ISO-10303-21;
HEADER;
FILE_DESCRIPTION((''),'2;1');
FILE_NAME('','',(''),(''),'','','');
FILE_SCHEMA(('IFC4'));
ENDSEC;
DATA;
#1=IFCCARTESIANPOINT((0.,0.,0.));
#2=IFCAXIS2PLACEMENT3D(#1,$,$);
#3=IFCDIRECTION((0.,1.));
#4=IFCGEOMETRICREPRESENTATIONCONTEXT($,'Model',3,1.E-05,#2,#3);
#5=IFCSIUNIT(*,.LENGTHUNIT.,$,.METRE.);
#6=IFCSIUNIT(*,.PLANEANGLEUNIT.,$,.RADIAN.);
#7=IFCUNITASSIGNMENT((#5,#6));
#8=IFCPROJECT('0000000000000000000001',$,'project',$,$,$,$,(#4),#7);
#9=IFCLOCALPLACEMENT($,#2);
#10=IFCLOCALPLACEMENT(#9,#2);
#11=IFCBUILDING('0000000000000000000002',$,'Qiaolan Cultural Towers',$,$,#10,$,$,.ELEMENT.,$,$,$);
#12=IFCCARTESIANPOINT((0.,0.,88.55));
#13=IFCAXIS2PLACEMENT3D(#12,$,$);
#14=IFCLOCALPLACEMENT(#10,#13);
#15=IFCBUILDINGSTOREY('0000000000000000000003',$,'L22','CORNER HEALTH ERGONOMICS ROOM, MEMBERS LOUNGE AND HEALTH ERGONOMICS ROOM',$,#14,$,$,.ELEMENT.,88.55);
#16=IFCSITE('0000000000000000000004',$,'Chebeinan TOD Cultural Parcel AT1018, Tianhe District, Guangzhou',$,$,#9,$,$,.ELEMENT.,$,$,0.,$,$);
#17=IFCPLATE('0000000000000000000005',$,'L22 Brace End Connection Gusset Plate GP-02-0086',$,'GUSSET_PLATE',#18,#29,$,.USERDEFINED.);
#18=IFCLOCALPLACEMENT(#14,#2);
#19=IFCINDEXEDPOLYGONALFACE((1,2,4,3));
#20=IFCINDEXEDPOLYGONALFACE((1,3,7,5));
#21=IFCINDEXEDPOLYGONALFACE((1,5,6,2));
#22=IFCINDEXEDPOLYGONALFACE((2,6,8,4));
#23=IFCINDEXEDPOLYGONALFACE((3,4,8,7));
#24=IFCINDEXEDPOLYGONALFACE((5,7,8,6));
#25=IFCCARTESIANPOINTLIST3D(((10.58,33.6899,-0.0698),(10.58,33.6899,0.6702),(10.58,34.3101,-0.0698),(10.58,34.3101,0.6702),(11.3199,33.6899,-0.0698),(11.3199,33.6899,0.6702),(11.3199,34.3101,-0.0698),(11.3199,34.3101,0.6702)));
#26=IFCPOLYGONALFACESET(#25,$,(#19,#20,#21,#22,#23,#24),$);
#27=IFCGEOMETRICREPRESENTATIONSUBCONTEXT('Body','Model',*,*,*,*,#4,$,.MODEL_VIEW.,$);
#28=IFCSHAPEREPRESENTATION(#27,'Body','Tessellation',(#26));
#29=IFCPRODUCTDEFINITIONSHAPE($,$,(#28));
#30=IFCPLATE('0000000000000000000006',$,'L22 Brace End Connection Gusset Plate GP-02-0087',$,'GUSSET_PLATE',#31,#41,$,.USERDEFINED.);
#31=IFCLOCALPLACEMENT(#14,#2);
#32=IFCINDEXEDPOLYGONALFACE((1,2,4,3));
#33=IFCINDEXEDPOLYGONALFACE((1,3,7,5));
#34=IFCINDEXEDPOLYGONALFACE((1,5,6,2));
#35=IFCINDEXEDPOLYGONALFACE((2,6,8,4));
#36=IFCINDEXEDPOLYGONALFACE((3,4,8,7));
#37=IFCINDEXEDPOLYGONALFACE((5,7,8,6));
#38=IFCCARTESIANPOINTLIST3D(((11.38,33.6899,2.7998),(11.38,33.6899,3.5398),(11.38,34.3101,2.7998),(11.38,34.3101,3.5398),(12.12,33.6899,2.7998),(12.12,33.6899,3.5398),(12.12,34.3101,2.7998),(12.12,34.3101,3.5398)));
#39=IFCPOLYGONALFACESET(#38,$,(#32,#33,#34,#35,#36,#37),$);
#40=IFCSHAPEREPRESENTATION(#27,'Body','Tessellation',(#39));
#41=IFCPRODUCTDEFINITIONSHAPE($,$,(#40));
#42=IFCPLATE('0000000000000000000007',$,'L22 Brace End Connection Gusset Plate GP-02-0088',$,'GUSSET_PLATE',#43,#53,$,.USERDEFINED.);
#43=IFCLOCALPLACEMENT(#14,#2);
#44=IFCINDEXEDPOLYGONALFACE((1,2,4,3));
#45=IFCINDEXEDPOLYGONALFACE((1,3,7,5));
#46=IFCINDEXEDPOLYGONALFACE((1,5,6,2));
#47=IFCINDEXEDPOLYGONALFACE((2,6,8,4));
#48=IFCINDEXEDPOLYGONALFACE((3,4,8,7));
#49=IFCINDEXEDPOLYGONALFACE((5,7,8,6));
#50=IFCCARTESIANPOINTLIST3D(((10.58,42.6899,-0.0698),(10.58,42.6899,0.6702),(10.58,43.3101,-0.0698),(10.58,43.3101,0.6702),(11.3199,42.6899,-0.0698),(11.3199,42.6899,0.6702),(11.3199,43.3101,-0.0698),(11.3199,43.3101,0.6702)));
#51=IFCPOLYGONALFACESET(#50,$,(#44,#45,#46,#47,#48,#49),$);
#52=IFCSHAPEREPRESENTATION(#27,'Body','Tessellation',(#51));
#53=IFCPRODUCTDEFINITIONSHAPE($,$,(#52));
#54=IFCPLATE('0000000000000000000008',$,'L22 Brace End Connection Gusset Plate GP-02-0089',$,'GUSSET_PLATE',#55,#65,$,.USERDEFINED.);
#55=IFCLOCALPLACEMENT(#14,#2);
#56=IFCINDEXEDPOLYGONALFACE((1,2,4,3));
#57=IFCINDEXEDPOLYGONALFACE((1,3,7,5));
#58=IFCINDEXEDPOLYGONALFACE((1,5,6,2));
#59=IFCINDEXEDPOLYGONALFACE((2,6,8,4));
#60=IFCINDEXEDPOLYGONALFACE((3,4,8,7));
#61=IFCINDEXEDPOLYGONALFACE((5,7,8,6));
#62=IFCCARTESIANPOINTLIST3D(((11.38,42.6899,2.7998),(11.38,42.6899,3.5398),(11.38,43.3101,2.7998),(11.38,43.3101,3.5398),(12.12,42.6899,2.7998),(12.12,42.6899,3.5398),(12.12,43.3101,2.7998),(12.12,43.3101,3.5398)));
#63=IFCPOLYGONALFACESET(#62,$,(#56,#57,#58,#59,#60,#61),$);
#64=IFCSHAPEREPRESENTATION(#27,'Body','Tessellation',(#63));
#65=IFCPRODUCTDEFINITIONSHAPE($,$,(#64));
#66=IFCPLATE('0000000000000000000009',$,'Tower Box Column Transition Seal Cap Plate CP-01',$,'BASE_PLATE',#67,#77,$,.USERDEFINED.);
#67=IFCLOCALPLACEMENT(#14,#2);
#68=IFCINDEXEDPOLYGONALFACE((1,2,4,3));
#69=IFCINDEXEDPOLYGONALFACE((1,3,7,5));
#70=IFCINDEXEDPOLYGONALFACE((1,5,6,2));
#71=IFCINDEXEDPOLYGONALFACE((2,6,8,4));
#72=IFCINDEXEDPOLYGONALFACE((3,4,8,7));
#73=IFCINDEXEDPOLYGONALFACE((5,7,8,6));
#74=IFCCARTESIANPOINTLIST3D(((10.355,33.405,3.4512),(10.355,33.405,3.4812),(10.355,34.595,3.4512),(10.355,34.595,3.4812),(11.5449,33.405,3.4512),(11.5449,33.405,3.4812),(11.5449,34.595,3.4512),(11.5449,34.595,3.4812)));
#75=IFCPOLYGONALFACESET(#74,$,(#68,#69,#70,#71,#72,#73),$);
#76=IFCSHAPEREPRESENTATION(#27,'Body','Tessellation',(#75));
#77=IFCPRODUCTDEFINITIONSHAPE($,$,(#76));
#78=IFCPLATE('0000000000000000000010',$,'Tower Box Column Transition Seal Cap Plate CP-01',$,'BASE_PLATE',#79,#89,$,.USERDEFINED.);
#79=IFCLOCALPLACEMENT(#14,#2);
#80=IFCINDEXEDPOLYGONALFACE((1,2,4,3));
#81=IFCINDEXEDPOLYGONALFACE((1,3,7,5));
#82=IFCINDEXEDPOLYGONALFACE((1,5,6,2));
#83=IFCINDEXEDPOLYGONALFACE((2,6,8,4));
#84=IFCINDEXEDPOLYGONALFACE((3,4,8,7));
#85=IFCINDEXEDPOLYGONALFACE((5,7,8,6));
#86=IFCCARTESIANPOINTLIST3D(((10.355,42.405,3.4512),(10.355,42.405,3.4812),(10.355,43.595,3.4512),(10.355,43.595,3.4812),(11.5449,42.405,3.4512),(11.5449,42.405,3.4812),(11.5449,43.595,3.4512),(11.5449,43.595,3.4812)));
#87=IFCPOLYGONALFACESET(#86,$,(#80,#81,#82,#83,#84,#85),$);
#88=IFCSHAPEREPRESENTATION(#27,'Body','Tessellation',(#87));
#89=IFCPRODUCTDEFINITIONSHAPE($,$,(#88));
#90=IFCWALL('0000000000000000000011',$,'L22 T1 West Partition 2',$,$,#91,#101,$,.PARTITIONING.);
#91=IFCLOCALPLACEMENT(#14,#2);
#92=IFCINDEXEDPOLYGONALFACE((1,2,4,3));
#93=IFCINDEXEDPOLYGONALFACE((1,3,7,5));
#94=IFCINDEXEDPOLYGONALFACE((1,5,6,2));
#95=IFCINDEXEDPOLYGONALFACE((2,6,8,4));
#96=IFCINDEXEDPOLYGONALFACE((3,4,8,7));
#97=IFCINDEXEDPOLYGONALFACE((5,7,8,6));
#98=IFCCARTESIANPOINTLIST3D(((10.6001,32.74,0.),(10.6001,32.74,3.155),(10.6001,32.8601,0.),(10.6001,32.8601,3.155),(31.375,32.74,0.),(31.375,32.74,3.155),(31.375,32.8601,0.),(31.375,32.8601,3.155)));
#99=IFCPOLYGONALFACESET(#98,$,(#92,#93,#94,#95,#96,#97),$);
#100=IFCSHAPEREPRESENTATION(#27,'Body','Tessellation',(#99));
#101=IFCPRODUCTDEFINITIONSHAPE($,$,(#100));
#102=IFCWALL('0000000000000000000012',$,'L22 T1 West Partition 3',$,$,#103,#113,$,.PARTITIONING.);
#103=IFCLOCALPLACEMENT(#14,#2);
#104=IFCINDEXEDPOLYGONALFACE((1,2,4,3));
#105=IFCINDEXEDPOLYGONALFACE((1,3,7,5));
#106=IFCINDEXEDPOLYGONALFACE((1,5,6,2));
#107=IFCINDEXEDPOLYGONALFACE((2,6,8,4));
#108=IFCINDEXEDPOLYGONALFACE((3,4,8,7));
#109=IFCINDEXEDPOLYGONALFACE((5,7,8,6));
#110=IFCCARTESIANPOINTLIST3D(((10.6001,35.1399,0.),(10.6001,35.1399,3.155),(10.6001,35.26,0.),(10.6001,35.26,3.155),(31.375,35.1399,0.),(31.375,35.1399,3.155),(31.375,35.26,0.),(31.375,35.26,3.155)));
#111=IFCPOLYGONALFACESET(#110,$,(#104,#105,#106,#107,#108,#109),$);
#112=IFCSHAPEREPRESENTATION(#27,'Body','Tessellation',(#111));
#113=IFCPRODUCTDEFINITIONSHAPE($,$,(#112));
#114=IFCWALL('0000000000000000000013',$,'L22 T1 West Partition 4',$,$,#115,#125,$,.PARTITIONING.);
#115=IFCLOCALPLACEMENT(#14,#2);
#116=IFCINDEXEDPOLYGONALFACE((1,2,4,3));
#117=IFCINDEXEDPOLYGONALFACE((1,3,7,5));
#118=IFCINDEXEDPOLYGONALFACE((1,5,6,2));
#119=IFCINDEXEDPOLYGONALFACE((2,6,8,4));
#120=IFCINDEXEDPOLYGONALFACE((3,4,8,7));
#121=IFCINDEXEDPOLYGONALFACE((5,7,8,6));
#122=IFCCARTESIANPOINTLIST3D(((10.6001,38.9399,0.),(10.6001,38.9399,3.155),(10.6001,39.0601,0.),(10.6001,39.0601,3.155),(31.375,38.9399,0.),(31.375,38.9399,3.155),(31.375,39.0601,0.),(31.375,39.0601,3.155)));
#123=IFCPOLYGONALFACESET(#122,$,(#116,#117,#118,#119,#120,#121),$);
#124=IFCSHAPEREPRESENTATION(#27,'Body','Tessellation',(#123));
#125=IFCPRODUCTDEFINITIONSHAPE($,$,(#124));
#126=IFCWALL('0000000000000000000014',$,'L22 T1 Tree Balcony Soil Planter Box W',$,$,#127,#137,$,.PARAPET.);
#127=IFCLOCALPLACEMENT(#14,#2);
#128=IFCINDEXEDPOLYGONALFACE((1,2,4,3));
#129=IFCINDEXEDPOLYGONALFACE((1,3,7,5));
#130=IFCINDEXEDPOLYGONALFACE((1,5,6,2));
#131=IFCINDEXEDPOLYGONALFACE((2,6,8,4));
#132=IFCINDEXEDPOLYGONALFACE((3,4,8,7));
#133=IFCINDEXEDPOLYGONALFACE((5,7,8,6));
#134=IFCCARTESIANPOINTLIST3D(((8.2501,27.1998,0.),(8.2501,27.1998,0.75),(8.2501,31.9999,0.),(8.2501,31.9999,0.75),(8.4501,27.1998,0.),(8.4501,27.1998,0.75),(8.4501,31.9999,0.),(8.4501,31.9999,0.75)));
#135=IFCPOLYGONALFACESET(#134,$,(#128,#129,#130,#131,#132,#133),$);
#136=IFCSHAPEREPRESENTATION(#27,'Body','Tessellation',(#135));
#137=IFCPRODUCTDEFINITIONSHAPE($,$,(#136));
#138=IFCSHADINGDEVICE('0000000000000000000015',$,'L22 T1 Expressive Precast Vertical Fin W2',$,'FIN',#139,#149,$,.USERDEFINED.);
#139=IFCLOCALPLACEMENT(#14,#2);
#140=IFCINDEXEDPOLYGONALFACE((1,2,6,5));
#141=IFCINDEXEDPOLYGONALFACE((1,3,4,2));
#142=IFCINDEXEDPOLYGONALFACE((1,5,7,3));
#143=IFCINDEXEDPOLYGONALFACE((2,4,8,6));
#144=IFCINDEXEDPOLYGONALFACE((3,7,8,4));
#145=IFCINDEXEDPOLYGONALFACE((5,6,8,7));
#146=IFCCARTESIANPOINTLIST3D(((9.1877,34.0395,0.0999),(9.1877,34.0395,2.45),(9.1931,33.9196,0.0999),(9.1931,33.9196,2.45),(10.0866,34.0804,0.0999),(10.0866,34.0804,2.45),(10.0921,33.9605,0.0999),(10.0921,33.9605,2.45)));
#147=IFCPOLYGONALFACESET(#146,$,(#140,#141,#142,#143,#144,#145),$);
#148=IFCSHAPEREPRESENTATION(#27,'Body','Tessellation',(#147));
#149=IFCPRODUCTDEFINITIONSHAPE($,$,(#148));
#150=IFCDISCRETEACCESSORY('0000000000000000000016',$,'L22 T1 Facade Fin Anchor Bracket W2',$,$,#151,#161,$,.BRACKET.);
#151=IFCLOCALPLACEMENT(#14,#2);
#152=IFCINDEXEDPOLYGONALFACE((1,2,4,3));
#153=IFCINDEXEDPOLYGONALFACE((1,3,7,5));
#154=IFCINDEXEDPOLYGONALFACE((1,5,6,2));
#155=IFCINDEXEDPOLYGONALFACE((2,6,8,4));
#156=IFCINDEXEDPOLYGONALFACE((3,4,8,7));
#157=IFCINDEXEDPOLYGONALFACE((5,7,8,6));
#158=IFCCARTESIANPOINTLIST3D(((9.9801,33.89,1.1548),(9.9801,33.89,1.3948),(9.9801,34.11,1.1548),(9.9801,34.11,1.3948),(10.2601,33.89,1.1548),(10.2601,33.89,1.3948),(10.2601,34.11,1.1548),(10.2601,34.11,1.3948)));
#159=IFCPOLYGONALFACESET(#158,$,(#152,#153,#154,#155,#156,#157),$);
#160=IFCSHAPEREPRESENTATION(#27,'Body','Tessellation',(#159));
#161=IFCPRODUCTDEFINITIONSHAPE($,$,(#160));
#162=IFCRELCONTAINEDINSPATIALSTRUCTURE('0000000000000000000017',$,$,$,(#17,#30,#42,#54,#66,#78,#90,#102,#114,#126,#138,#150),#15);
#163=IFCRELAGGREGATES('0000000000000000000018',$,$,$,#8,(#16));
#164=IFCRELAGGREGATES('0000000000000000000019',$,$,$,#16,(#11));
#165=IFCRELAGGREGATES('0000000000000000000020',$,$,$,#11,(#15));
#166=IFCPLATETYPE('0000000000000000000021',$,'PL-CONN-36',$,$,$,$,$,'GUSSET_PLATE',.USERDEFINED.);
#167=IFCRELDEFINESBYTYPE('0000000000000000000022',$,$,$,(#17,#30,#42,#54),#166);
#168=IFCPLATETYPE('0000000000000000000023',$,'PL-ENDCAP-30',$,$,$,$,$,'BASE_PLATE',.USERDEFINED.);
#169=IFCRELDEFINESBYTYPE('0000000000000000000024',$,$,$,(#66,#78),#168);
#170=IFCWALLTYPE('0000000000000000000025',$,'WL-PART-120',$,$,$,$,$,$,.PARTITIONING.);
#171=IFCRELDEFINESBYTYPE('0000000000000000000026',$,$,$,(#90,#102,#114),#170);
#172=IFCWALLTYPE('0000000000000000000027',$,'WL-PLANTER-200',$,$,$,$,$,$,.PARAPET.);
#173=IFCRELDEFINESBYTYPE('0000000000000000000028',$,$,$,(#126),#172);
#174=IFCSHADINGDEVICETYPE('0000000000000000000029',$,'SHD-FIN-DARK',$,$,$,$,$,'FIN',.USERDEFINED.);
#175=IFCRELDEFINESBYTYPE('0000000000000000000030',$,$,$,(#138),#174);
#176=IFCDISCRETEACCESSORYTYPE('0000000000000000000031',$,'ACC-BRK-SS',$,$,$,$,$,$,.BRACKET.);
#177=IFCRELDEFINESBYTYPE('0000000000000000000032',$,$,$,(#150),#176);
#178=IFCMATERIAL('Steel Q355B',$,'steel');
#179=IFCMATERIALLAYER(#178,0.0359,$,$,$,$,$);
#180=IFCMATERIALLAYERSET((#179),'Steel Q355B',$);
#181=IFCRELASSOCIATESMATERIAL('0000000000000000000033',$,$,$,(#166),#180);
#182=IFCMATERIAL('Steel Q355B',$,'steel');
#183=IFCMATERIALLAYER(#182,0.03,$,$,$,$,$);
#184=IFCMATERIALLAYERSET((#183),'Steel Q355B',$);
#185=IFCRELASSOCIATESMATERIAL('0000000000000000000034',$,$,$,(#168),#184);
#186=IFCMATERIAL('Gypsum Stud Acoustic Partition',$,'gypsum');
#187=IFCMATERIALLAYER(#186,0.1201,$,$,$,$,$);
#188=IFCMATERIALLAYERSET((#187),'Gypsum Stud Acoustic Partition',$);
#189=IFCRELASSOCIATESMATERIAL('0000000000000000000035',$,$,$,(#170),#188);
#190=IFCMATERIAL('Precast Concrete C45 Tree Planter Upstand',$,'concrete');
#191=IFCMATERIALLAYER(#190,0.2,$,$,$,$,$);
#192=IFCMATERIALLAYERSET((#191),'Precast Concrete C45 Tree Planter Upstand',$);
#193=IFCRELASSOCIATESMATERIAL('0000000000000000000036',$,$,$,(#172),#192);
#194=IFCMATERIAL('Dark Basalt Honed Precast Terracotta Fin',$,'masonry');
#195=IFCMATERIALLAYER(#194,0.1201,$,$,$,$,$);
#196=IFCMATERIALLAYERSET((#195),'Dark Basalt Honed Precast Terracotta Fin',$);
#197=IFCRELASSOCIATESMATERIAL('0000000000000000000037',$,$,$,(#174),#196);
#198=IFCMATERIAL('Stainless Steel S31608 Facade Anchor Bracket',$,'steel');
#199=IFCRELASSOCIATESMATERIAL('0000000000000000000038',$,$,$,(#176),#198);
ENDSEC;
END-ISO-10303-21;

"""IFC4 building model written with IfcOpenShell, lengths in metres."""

from ifc_helpers import new_model, si_unit, direction, frame, frame_2d, origin, origin_2d, place, context, subcontext, project, spatial, rectangle, extrude, material, layer, layer_set, type_object, element, save


model = new_model("IFC4")

# Units and contexts
model_context = context("Model", 3, precision=1e-05, world=origin(), true_north=direction((0.0, 1.0)))
body_context = subcontext(model_context, "Body", "Model", "MODEL_VIEW")
ifc_project = project(units=[si_unit("LENGTHUNIT", "METRE"), si_unit("PLANEANGLEUNIT", "RADIAN")], contexts=[model_context])

# Site, building, storey
site_placement = place(None, origin())
site = spatial("IfcSite", under=ifc_project, at=site_placement, Name="Chebeinan TOD Cultural Parcel AT1018, Tianhe District, Guangzhou", CompositionType="ELEMENT", RefElevation=0.0)
building_placement = place(site_placement, origin())
building = spatial("IfcBuilding", under=site, at=building_placement, Name="Qiaolan Cultural Towers", CompositionType="ELEMENT")
storey_placement = place(building_placement, frame((0.0, 0.0, 88.55)))
storey = spatial("IfcBuildingStorey", under=building, at=storey_placement, Name="L22", Description="CORNER HEALTH ERGONOMICS ROOM, MEMBERS LOUNGE AND HEALTH ERGONOMICS ROOM", CompositionType="ELEMENT", Elevation=88.55)

# Plates
ifc_material_1 = material(Name="Steel Q355B", Category="steel")
ifc_layer_1 = layer(ifc_material_1, 0.0359)
ifc_layer_set_1 = layer_set([ifc_layer_1], Name="Steel Q355B")
plate_type_1 = type_object("IfcPlateType", Name="PL-CONN-36", ElementType="GUSSET_PLATE", PredefinedType="USERDEFINED", material=ifc_layer_set_1)
for number, where, z_axis, x_axis, name in (
    (1, (10.95, 34.0, -0.0698), (0.0, 0.0, 1.0), (1.0, 0.0, 0.0), "L22 Brace End Connection Gusset Plate GP-02-0086"),
    (2, (11.75, 34.0, 2.7998), (0.0, 0.0, 1.0), (1.0, 0.0, 0.0), "L22 Brace End Connection Gusset Plate GP-02-0087"),
    (3, (10.95, 43.0, -0.0698), (0.0, 0.0, 1.0), (1.0, 0.0, 0.0), "L22 Brace End Connection Gusset Plate GP-02-0088"),
    (4, (11.75, 43.0, 2.7998), (0.0, 0.0, 1.0), (1.0, 0.0, 0.0), "L22 Brace End Connection Gusset Plate GP-02-0089"),
):
    element("IfcPlate", number, at=place(storey_placement, frame(where, z_axis=z_axis, x_axis=x_axis)), inside=storey, type_object=plate_type_1, Name=name, ObjectType="GUSSET_PLATE", PredefinedType="USERDEFINED", context=body_context, shape_type="SweptSolid", body=[
        extrude(rectangle(XDim=0.74, YDim=0.6201, at=origin_2d()), origin(), (0.0, 0.0, 1.0), 0.74),
    ])
ifc_material_2 = material(Name="Steel Q355B", Category="steel")
ifc_layer_2 = layer(ifc_material_2, 0.03)
ifc_layer_set_2 = layer_set([ifc_layer_2], Name="Steel Q355B")
plate_type_2 = type_object("IfcPlateType", Name="PL-ENDCAP-30", ElementType="BASE_PLATE", PredefinedType="USERDEFINED", material=ifc_layer_set_2)
for number, where, z_axis, x_axis, name in (
    (5, (10.95, 34.0, 3.4512), (0.0, 0.0, 1.0), (1.0, 0.0, 0.0), "Tower Box Column Transition Seal Cap Plate CP-01"),
    (6, (10.95, 43.0, 3.4512), (0.0, 0.0, 1.0), (1.0, 0.0, 0.0), "Tower Box Column Transition Seal Cap Plate CP-01"),
):
    element("IfcPlate", number, at=place(storey_placement, frame(where, z_axis=z_axis, x_axis=x_axis)), inside=storey, type_object=plate_type_2, Name=name, ObjectType="BASE_PLATE", PredefinedType="USERDEFINED", context=body_context, shape_type="SweptSolid", body=[
        extrude(rectangle(XDim=1.1899, YDim=1.1899, at=origin_2d()), origin(), (0.0, 0.0, 1.0), 0.03),
    ])

# Walls
ifc_material_3 = material(Name="Gypsum Stud Acoustic Partition", Category="gypsum")
ifc_layer_3 = layer(ifc_material_3, 0.1201)
ifc_layer_set_3 = layer_set([ifc_layer_3], Name="Gypsum Stud Acoustic Partition")
wall_type_1 = type_object("IfcWallType", Name="WL-PART-120", PredefinedType="PARTITIONING", material=ifc_layer_set_3)
for number, where, z_axis, x_axis, name in (
    (7, (10.6001, 32.8, 0.0), (0.0, 0.0, 1.0), (1.0, 0.0, 0.0), "L22 T1 West Partition 2"),
    (8, (10.6001, 35.2, 0.0), (0.0, 0.0, 1.0), (1.0, 0.0, 0.0), "L22 T1 West Partition 3"),
    (9, (10.6001, 39.0, 0.0), (0.0, 0.0, 1.0), (1.0, 0.0, 0.0), "L22 T1 West Partition 4"),
):
    element("IfcWall", number, at=place(storey_placement, frame(where, z_axis=z_axis, x_axis=x_axis)), inside=storey, type_object=wall_type_1, Name=name, PredefinedType="PARTITIONING", context=body_context, shape_type="SweptSolid", body=[
        extrude(rectangle(XDim=20.7749, YDim=0.1201, at=frame_2d((10.3875, 0.0))), origin(), (0.0, 0.0, 1.0), 3.155),
    ])
ifc_material_4 = material(Name="Precast Concrete C45 Tree Planter Upstand", Category="concrete")
ifc_layer_4 = layer(ifc_material_4, 0.2)
ifc_layer_set_4 = layer_set([ifc_layer_4], Name="Precast Concrete C45 Tree Planter Upstand")
wall_type_2 = type_object("IfcWallType", Name="WL-PLANTER-200", PredefinedType="PARAPET", material=ifc_layer_set_4)
wall_placement = place(storey_placement, frame((8.3501, 27.2, 0.0), z_axis=(0.0, 0.0, 1.0), x_axis=(0.0, 1.0, 0.0)))
element("IfcWall", 10, at=wall_placement, inside=storey, type_object=wall_type_2, Name="L22 T1 Tree Balcony Soil Planter Box W", PredefinedType="PARAPET", context=body_context, shape_type="SweptSolid", body=[
    extrude(rectangle(XDim=4.8, YDim=0.2, at=frame_2d((2.3999, 0.0))), origin(), (0.0, 0.0, 1.0), 0.75),
])

# Shading device
ifc_material_5 = material(Name="Dark Basalt Honed Precast Terracotta Fin", Category="masonry")
ifc_layer_5 = layer(ifc_material_5, 0.1201)
ifc_layer_set_5 = layer_set([ifc_layer_5], Name="Dark Basalt Honed Precast Terracotta Fin")
shading_device_type = type_object("IfcShadingDeviceType", Name="SHD-FIN-DARK", ElementType="FIN", PredefinedType="USERDEFINED", material=ifc_layer_set_5)
shading_device_placement = place(storey_placement, frame((9.6399, 34.0, 0.0999), z_axis=(0.0, 0.0, 1.0), x_axis=(0.998967, 0.045445, 0.0)))
element("IfcShadingDevice", 11, at=shading_device_placement, inside=storey, type_object=shading_device_type, Name="L22 T1 Expressive Precast Vertical Fin W2", ObjectType="FIN", PredefinedType="USERDEFINED", context=body_context, shape_type="SweptSolid", body=[
    extrude(rectangle(XDim=0.8999, YDim=0.1201, at=origin_2d()), origin(), (0.0, 0.0, 1.0), 2.3501),
])

# Discrete accessory
ifc_material_6 = material(Name="Stainless Steel S31608 Facade Anchor Bracket", Category="steel")
discrete_accessory_type = type_object("IfcDiscreteAccessoryType", Name="ACC-BRK-SS", PredefinedType="BRACKET", material=ifc_material_6)
discrete_accessory_placement = place(storey_placement, frame((10.1201, 34.0, 1.1548), z_axis=(0.0, 0.0, 1.0), x_axis=(1.0, 0.0, 0.0)))
element("IfcDiscreteAccessory", 12, at=discrete_accessory_placement, inside=storey, type_object=discrete_accessory_type, Name="L22 T1 Facade Fin Anchor Bracket W2", PredefinedType="BRACKET", context=body_context, shape_type="SweptSolid", body=[
    extrude(rectangle(XDim=0.28, YDim=0.22, at=origin_2d()), origin(), (0.0, 0.0, 1.0), 0.24),
])

save(model, "model.ifc")
